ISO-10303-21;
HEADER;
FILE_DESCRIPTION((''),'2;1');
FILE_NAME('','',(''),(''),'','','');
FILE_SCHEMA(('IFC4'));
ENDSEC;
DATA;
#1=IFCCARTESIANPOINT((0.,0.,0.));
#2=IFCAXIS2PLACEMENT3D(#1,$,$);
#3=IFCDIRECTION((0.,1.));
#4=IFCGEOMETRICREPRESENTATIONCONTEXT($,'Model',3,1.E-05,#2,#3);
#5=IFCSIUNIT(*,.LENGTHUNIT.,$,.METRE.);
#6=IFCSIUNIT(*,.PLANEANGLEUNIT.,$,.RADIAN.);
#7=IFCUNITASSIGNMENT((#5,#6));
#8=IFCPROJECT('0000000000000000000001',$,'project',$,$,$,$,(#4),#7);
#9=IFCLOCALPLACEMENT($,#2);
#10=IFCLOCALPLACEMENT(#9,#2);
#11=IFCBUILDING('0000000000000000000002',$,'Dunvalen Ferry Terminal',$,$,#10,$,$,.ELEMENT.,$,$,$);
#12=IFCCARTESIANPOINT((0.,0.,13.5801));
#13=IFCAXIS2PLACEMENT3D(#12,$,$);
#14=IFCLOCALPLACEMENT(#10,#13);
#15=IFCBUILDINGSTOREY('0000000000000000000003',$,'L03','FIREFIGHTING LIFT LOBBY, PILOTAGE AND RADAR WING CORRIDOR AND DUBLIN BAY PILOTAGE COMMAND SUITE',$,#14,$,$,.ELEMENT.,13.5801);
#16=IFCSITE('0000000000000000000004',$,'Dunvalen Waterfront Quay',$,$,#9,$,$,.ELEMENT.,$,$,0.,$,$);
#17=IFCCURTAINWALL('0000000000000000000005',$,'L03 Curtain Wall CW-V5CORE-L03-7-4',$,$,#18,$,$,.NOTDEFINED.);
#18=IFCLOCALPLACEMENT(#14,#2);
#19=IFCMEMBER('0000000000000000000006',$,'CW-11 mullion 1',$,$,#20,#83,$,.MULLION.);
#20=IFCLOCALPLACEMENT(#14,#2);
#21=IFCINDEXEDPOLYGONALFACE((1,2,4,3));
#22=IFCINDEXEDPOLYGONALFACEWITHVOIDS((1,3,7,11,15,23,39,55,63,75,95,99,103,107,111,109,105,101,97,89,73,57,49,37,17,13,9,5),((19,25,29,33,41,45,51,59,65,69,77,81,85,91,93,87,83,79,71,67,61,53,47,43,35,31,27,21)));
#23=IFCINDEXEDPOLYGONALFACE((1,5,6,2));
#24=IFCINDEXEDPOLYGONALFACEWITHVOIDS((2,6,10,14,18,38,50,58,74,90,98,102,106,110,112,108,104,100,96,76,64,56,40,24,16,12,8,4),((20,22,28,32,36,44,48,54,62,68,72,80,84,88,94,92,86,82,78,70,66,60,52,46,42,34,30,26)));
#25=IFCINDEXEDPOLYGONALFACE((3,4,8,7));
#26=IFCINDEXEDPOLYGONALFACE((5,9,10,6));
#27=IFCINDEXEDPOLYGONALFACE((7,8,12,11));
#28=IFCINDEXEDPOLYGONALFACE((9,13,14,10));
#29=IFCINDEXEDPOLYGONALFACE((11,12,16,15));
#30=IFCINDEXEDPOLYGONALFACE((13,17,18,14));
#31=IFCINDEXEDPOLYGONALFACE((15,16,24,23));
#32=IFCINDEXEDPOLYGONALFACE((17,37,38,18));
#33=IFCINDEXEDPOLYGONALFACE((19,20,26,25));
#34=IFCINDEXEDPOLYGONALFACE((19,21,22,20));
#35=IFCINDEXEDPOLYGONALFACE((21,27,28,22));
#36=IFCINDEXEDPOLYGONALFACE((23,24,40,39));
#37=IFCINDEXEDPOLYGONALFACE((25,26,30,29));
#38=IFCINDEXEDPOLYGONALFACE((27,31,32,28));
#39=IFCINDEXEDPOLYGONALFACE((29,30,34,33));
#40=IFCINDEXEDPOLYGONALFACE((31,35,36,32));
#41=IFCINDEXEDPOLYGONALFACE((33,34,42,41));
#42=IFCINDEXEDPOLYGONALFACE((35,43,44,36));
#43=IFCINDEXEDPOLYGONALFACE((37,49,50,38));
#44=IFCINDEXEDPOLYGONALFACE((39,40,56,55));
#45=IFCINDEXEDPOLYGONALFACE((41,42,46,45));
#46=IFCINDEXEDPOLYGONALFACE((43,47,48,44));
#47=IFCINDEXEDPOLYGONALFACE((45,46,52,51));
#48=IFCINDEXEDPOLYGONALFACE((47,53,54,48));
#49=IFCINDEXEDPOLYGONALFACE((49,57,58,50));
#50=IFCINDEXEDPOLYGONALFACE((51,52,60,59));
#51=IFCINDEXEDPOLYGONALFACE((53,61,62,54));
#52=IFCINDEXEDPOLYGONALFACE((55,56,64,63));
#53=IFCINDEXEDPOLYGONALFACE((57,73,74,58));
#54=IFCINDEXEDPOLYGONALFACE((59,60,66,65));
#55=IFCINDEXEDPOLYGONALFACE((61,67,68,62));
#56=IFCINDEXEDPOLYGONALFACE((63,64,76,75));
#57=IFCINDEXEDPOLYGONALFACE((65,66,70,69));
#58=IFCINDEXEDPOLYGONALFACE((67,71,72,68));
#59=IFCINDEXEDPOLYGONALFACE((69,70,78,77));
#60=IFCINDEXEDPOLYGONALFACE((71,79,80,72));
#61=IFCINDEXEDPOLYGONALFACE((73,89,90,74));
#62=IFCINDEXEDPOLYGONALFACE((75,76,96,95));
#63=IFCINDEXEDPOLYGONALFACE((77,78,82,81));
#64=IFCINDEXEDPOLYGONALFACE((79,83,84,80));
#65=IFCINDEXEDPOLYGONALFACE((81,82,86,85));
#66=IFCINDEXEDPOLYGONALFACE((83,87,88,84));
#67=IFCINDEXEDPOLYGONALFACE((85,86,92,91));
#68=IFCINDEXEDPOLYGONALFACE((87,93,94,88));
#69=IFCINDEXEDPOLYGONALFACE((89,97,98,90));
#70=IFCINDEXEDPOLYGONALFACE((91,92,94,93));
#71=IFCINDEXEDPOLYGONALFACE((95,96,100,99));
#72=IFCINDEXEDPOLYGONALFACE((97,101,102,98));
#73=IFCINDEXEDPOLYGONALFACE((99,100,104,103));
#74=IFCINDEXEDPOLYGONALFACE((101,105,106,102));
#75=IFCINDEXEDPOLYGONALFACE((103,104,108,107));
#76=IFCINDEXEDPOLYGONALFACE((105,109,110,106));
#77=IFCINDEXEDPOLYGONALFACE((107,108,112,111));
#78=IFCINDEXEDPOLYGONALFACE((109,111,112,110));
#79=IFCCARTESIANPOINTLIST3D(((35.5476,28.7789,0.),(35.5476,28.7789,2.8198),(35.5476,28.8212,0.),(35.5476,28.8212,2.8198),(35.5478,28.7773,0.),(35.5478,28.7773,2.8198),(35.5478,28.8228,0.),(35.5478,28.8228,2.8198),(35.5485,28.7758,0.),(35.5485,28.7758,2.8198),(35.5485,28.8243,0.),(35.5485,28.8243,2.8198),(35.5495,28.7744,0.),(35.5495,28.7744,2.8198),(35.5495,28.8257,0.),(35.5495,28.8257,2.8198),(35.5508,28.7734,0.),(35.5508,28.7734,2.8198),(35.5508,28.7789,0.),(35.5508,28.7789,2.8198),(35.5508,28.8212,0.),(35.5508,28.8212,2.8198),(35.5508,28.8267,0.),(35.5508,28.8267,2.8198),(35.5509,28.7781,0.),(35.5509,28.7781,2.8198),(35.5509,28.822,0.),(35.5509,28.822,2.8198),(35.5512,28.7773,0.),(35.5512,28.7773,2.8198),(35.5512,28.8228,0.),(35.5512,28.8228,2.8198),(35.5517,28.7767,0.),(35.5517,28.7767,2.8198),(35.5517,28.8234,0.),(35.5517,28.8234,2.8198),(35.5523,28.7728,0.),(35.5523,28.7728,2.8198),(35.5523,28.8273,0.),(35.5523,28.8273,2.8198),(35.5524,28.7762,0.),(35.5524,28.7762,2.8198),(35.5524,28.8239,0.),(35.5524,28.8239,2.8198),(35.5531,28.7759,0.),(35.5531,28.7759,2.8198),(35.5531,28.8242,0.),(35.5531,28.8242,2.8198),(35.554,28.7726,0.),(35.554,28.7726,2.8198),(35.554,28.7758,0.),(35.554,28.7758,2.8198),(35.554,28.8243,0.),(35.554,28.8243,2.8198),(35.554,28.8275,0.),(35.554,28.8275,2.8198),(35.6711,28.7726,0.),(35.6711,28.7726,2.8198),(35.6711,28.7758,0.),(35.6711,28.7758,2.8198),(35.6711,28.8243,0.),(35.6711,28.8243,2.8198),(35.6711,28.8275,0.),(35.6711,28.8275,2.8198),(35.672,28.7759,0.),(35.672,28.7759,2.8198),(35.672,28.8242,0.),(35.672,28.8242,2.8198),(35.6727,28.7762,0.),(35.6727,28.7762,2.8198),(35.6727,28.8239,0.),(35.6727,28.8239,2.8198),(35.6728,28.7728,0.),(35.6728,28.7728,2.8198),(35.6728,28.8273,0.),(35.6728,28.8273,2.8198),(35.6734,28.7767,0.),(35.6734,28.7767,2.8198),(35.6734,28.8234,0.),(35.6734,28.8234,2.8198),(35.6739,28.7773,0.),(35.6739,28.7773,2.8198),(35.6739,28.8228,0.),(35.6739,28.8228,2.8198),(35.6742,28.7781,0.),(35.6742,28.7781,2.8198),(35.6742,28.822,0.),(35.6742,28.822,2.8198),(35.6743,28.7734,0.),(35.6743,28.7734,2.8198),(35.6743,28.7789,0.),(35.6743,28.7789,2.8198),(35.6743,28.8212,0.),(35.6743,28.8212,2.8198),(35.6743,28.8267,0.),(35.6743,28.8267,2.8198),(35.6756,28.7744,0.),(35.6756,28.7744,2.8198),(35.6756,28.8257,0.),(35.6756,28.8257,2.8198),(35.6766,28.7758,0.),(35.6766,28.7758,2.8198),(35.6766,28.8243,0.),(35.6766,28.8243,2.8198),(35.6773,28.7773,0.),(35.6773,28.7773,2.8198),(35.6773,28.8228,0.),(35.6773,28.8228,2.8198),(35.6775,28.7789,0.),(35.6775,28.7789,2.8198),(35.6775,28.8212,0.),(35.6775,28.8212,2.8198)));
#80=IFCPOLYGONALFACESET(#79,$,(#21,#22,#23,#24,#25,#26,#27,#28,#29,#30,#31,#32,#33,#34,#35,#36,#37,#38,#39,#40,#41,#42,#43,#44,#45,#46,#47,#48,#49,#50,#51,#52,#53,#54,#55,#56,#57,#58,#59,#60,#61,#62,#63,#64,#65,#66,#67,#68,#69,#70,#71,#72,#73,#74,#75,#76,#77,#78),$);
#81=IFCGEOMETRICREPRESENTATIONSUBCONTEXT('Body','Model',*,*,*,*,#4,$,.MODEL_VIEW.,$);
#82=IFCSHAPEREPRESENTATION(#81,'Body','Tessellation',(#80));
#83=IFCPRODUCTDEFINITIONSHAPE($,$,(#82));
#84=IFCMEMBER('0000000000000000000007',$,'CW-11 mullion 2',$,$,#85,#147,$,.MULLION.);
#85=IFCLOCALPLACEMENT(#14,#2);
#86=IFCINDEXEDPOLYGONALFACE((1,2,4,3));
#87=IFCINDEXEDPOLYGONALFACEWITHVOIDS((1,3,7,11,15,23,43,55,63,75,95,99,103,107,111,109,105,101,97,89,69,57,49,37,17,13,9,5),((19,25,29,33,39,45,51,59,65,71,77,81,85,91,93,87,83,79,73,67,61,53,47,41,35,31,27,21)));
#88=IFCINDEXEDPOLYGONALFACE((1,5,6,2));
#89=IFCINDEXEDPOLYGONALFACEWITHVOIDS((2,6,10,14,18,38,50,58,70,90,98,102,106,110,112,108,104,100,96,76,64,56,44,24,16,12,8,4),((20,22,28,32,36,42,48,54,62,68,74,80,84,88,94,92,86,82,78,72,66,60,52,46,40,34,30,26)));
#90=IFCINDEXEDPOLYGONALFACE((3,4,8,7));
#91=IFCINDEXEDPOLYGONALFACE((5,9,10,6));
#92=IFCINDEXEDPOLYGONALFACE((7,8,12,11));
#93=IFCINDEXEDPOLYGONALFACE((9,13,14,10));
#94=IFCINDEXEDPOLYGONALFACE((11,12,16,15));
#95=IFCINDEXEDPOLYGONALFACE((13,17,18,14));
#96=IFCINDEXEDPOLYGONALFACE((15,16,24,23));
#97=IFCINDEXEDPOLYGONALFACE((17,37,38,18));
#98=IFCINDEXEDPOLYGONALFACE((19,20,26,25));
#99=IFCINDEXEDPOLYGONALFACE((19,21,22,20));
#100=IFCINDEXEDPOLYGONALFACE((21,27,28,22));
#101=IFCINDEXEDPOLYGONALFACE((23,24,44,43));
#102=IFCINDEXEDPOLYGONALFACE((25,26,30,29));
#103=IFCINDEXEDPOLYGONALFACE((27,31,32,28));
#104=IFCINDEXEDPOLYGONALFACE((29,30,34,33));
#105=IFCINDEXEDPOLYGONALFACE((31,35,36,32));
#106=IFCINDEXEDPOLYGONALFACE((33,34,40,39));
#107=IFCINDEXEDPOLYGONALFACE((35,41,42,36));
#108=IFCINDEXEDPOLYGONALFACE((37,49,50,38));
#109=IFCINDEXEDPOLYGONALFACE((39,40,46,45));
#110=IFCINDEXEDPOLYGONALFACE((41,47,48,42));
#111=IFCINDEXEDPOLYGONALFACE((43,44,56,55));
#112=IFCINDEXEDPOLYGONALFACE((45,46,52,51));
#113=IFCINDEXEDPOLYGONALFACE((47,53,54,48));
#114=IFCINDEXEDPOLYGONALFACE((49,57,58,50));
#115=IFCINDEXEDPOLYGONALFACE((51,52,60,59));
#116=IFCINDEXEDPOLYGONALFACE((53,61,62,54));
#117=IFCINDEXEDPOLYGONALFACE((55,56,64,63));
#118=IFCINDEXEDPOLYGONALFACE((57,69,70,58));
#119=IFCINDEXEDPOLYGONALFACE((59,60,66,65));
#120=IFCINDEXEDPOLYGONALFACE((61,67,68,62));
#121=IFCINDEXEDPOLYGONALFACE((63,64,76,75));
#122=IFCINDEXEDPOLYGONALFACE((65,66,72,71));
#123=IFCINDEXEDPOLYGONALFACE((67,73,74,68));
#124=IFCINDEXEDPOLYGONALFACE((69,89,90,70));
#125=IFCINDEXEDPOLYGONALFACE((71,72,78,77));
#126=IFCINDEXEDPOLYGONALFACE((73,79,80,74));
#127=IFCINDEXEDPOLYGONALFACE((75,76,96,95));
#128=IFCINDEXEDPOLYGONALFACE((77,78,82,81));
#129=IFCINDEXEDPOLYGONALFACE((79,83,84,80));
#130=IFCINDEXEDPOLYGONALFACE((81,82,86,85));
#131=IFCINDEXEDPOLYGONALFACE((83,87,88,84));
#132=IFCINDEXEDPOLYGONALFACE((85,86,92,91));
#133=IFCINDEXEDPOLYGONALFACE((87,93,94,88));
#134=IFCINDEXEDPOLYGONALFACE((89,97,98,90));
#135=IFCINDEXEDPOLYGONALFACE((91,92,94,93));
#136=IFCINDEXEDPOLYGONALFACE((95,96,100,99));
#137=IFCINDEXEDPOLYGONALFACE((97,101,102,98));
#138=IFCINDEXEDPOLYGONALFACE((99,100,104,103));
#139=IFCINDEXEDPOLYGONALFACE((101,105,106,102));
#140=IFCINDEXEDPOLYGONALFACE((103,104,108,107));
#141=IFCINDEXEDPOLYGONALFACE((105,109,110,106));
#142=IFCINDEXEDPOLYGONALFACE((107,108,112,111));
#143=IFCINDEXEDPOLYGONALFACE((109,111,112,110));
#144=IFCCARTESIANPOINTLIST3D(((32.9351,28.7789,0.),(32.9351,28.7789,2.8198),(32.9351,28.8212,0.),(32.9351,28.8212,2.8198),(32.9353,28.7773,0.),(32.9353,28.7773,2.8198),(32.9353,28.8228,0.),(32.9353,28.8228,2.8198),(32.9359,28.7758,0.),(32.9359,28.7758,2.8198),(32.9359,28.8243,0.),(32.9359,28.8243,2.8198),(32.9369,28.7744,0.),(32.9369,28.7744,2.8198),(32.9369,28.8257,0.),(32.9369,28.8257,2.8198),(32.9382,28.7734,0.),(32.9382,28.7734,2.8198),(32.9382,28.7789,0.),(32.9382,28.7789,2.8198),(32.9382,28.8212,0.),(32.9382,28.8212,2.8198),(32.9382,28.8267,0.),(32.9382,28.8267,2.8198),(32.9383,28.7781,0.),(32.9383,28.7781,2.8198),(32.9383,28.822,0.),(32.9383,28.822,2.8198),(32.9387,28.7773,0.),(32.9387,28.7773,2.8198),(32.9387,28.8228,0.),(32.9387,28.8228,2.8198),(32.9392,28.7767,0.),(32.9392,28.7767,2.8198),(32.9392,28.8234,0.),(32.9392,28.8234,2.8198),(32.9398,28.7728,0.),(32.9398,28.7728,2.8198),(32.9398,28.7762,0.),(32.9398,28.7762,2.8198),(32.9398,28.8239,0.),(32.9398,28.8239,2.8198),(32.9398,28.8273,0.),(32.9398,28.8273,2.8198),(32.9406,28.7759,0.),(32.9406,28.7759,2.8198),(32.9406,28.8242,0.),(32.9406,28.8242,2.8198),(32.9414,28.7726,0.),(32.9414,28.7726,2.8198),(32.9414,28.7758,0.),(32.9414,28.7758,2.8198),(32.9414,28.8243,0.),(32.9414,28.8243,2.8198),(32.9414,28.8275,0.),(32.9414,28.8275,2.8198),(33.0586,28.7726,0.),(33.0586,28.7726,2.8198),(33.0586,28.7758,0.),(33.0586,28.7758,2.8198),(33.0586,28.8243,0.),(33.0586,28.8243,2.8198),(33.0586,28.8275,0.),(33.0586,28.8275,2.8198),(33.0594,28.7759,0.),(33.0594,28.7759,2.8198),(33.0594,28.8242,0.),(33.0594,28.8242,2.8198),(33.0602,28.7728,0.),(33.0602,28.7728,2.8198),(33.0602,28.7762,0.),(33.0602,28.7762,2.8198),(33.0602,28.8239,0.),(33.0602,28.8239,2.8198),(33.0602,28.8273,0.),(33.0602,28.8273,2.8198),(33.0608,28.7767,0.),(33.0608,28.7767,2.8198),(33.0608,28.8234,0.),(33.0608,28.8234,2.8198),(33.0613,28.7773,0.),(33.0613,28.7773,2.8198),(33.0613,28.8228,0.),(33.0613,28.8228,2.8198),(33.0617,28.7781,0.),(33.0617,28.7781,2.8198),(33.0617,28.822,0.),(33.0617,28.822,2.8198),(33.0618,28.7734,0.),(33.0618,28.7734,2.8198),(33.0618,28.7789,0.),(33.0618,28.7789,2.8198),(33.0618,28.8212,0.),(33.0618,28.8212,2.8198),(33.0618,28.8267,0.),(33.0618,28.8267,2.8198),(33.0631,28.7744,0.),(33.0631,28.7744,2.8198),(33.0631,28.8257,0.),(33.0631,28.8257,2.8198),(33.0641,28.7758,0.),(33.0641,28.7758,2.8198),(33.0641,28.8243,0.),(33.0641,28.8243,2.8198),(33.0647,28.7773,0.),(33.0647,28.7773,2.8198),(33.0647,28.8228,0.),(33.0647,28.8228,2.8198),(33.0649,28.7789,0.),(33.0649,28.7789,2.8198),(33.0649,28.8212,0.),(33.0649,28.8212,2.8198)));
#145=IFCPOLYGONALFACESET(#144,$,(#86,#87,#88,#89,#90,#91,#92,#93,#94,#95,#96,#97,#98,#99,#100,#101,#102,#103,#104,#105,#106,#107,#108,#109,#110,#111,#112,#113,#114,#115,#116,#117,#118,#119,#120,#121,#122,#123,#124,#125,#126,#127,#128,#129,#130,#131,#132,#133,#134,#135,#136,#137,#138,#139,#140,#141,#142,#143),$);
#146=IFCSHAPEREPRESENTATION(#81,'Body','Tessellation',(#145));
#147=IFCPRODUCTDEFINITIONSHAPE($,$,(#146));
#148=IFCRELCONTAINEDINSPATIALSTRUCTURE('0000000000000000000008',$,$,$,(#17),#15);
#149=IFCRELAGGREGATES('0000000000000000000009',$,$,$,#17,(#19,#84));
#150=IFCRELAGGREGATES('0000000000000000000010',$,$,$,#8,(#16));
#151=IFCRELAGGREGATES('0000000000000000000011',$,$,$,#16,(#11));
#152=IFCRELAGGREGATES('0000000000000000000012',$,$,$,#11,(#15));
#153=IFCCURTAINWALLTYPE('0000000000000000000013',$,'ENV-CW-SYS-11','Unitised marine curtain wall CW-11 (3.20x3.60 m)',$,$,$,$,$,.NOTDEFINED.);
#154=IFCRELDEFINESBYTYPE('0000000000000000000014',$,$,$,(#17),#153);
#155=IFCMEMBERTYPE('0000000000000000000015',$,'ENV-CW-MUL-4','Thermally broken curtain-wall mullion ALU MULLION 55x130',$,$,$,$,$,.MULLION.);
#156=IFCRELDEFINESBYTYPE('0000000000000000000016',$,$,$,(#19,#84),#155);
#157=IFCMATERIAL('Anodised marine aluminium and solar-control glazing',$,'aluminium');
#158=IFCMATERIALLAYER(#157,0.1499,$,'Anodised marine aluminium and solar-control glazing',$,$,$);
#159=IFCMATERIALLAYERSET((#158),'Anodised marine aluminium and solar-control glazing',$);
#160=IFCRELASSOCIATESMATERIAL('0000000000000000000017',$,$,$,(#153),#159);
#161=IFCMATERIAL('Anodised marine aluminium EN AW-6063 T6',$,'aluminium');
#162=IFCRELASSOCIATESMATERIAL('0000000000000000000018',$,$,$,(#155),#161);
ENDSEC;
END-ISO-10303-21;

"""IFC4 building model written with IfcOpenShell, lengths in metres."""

from ifc_helpers import new_model, si_unit, direction, frame, origin, origin_2d, place, context, subcontext, project, spatial, hollow_rectangle, extrude, material, layer, layer_set, material_profile, profile_set, type_object, element, aggregate, save


model = new_model("IFC4")

# Units and contexts
model_context = context("Model", 3, precision=1e-05, world=origin(), true_north=direction((0.0, 1.0)))
body_context = subcontext(model_context, "Body", "Model", "MODEL_VIEW")
ifc_project = project(units=[si_unit("LENGTHUNIT", "METRE"), si_unit("PLANEANGLEUNIT", "RADIAN")], contexts=[model_context])

# Site, building, storey
site_placement = place(None, origin())
site = spatial("IfcSite", under=ifc_project, at=site_placement, Name="Dunvalen Waterfront Quay", CompositionType="ELEMENT", RefElevation=0.0)
building_placement = place(site_placement, origin())
building = spatial("IfcBuilding", under=site, at=building_placement, Name="Dunvalen Ferry Terminal", CompositionType="ELEMENT")
storey_placement = place(building_placement, frame((0.0, 0.0, 13.5801)))
storey = spatial("IfcBuildingStorey", under=building, at=storey_placement, Name="L03", Description="FIREFIGHTING LIFT LOBBY, PILOTAGE AND RADAR WING CORRIDOR AND DUBLIN BAY PILOTAGE COMMAND SUITE", CompositionType="ELEMENT", Elevation=13.5801)

# Curtain wall, members
ifc_material_1 = material(Name="Anodised marine aluminium and solar-control glazing", Category="aluminium")
ifc_layer_1 = layer(ifc_material_1, 0.1499, Name="Anodised marine aluminium and solar-control glazing")
ifc_layer_set_1 = layer_set([ifc_layer_1], Name="Anodised marine aluminium and solar-control glazing")
curtain_wall_type = type_object("IfcCurtainWallType", Name="ENV-CW-SYS-11", Description="Unitised marine curtain wall CW-11 (3.20x3.60 m)", PredefinedType="NOTDEFINED", material=ifc_layer_set_1)
ifc_material_2 = material(Name="Anodised marine aluminium EN AW-6063 T6", Category="aluminium")
ifc_material_profile_1 = material_profile(ifc_material_2, hollow_rectangle(XDim=0.0549, YDim=0.1299, WallThickness=0.0032, InnerFilletRadius=0.0032, OuterFilletRadius=0.0063, at=origin_2d()), Name="Anodised marine aluminium EN AW-6063 T6")
ifc_profile_set_1 = profile_set([ifc_material_profile_1], Name="Anodised marine aluminium EN AW-6063 T6")
member_type_1 = type_object("IfcMemberType", Name="ENV-CW-MUL-4", Description="Thermally broken curtain-wall mullion ALU MULLION 55x130", PredefinedType="MULLION", material=ifc_profile_set_1)
curtain_wall_1_placement = place(storey_placement, origin())
curtain_wall_1 = element("IfcCurtainWall", 1, at=curtain_wall_1_placement, inside=storey, type_object=curtain_wall_type, Name="L03 Curtain Wall CW-V5CORE-L03-7-4", PredefinedType="NOTDEFINED")
member_1_placement = place(storey_placement, frame((35.6125, 28.8, 0.0), z_axis=(0.0, 0.0, 1.0), x_axis=(0.0, -1.0, 0.0)))
member_1 = element("IfcMember", 2, at=member_1_placement, type_object=member_type_1, Name="CW-11 mullion 1", PredefinedType="MULLION", context=body_context, shape_type="SweptSolid", body=[
    extrude(hollow_rectangle(XDim=0.0549, YDim=0.1299, WallThickness=0.0032, InnerFilletRadius=0.0032, OuterFilletRadius=0.0063, at=origin_2d()), origin(), (0.0, 0.0, 1.0), 2.8198),
])
member_2_placement = place(storey_placement, frame((33.0, 28.8, 0.0), z_axis=(0.0, 0.0, 1.0), x_axis=(0.0, -1.0, 0.0)))
member_2 = element("IfcMember", 3, at=member_2_placement, type_object=member_type_1, Name="CW-11 mullion 2", PredefinedType="MULLION", context=body_context, shape_type="SweptSolid", body=[
    extrude(hollow_rectangle(XDim=0.0549, YDim=0.1299, WallThickness=0.0032, InnerFilletRadius=0.0032, OuterFilletRadius=0.0063, at=origin_2d()), origin(), (0.0, 0.0, 1.0), 2.8198),
])

aggregate(curtain_wall_1, [member_1, member_2])

save(model, "model.ifc")
